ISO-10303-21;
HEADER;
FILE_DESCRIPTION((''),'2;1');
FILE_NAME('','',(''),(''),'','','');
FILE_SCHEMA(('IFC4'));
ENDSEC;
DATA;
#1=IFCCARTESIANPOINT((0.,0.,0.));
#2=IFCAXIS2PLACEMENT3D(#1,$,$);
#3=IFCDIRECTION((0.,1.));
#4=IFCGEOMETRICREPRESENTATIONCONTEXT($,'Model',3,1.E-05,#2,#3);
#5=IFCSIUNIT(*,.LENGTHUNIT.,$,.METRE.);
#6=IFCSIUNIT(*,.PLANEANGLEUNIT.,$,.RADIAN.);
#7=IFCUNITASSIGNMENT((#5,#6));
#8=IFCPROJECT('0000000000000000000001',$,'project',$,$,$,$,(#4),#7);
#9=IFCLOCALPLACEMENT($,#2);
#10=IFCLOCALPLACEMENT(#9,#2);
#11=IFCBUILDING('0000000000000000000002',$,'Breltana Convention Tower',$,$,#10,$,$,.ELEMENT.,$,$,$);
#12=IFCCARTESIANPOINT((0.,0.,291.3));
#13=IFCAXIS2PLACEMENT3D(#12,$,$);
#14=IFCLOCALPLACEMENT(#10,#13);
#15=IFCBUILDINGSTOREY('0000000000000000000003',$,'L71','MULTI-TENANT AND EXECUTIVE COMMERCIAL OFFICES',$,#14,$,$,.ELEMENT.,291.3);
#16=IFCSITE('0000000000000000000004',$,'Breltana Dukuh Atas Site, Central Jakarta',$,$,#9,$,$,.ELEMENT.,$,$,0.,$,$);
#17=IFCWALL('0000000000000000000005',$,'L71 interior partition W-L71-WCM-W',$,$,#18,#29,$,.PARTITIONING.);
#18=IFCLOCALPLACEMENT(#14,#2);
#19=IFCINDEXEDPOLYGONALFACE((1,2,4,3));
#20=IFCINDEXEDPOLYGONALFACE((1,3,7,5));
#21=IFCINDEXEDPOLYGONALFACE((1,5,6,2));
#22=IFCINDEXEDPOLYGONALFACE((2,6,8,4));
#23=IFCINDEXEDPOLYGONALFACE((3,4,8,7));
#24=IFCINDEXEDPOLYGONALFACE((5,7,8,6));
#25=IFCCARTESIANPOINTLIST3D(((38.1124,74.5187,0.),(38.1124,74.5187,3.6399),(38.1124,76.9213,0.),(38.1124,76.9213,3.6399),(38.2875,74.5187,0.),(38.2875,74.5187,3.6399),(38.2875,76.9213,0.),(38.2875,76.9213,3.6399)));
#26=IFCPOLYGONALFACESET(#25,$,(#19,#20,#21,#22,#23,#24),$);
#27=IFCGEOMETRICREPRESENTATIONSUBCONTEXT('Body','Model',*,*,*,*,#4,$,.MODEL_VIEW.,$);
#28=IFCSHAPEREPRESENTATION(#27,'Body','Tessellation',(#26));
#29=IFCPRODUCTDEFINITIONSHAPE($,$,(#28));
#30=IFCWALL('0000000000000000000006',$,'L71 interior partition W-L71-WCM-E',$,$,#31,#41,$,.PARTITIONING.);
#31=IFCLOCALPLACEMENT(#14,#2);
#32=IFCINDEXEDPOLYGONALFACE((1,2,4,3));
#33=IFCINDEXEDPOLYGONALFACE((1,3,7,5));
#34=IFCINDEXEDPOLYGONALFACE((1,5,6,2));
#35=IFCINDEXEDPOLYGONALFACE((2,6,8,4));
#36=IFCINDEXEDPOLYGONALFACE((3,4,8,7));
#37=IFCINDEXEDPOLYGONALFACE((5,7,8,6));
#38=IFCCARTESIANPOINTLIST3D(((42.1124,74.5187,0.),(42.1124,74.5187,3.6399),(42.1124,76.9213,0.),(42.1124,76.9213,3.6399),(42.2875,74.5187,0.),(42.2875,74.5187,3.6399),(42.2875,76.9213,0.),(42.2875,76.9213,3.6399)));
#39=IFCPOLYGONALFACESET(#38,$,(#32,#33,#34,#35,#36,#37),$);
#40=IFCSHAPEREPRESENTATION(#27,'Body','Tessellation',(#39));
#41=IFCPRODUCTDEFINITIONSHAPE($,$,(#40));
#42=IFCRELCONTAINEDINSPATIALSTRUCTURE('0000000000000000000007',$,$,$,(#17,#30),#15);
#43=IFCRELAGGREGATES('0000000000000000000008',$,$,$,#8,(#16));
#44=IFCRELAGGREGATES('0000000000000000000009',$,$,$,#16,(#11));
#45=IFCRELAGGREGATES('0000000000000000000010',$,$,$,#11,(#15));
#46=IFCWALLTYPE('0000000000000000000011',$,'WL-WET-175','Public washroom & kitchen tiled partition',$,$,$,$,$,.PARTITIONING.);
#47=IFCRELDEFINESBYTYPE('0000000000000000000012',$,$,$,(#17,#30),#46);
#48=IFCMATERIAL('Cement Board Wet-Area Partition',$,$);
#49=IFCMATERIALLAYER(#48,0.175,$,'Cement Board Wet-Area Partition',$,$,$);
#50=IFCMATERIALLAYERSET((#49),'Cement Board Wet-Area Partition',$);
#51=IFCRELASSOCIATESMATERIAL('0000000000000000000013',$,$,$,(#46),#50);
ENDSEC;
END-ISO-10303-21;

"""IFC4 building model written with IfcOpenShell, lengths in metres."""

from ifc_helpers import new_model, si_unit, direction, frame, frame_2d, origin, place, context, subcontext, project, spatial, rectangle, extrude, source, transform, mapped, material, layer, layer_set, type_object, element, save


model = new_model("IFC4")

# Units and contexts
model_context = context("Model", 3, precision=1e-05, world=origin(), true_north=direction((0.0, 1.0)))
body_context = subcontext(model_context, "Body", "Model", "MODEL_VIEW")
ifc_project = project(units=[si_unit("LENGTHUNIT", "METRE"), si_unit("PLANEANGLEUNIT", "RADIAN")], contexts=[model_context])

# Site, building, storey
site_placement = place(None, origin())
site = spatial("IfcSite", under=ifc_project, at=site_placement, Name="Breltana Dukuh Atas Site, Central Jakarta", CompositionType="ELEMENT", RefElevation=0.0)
building_placement = place(site_placement, origin())
building = spatial("IfcBuilding", under=site, at=building_placement, Name="Breltana Convention Tower", CompositionType="ELEMENT")
storey_placement = place(building_placement, frame((0.0, 0.0, 291.3)))
storey = spatial("IfcBuildingStorey", under=building, at=storey_placement, Name="L71", Description="MULTI-TENANT AND EXECUTIVE COMMERCIAL OFFICES", CompositionType="ELEMENT", Elevation=291.3)

# Walls
ifc_material_1 = material(Name="Cement Board Wet-Area Partition")
ifc_layer_1 = layer(ifc_material_1, 0.175, Name="Cement Board Wet-Area Partition")
ifc_layer_set_1 = layer_set([ifc_layer_1], Name="Cement Board Wet-Area Partition")
wall_type_1 = type_object("IfcWallType", Name="WL-WET-175", Description="Public washroom & kitchen tiled partition", PredefinedType="PARTITIONING", material=ifc_layer_set_1)
shared_shape_1 = source(origin(), body_context, "Body", "SweptSolid", [
    extrude(rectangle(XDim=2.4026, YDim=0.175, at=frame_2d((1.2012, 0.0))), origin(), (0.0, 0.0, 1.0), 3.6399),
])
for number, where, z_axis, x_axis, name in (
    (1, (38.2, 74.5188, 0.0), (0.0, 0.0, 1.0), (0.0, 1.0, 0.0), "L71 interior partition W-L71-WCM-W"),
    (2, (42.2, 74.5188, 0.0), (0.0, 0.0, 1.0), (0.0, 1.0, 0.0), "L71 interior partition W-L71-WCM-E"),
):
    element("IfcWall", number, at=place(storey_placement, frame(where, z_axis=z_axis, x_axis=x_axis)), inside=storey, type_object=wall_type_1, Name=name, PredefinedType="PARTITIONING", context=body_context, shape_type="MappedRepresentation", body=[
        mapped(shared_shape_1, transform((0.0, 0.0, 0.0), scale=1.0)),
    ])

save(model, "model.ifc")
